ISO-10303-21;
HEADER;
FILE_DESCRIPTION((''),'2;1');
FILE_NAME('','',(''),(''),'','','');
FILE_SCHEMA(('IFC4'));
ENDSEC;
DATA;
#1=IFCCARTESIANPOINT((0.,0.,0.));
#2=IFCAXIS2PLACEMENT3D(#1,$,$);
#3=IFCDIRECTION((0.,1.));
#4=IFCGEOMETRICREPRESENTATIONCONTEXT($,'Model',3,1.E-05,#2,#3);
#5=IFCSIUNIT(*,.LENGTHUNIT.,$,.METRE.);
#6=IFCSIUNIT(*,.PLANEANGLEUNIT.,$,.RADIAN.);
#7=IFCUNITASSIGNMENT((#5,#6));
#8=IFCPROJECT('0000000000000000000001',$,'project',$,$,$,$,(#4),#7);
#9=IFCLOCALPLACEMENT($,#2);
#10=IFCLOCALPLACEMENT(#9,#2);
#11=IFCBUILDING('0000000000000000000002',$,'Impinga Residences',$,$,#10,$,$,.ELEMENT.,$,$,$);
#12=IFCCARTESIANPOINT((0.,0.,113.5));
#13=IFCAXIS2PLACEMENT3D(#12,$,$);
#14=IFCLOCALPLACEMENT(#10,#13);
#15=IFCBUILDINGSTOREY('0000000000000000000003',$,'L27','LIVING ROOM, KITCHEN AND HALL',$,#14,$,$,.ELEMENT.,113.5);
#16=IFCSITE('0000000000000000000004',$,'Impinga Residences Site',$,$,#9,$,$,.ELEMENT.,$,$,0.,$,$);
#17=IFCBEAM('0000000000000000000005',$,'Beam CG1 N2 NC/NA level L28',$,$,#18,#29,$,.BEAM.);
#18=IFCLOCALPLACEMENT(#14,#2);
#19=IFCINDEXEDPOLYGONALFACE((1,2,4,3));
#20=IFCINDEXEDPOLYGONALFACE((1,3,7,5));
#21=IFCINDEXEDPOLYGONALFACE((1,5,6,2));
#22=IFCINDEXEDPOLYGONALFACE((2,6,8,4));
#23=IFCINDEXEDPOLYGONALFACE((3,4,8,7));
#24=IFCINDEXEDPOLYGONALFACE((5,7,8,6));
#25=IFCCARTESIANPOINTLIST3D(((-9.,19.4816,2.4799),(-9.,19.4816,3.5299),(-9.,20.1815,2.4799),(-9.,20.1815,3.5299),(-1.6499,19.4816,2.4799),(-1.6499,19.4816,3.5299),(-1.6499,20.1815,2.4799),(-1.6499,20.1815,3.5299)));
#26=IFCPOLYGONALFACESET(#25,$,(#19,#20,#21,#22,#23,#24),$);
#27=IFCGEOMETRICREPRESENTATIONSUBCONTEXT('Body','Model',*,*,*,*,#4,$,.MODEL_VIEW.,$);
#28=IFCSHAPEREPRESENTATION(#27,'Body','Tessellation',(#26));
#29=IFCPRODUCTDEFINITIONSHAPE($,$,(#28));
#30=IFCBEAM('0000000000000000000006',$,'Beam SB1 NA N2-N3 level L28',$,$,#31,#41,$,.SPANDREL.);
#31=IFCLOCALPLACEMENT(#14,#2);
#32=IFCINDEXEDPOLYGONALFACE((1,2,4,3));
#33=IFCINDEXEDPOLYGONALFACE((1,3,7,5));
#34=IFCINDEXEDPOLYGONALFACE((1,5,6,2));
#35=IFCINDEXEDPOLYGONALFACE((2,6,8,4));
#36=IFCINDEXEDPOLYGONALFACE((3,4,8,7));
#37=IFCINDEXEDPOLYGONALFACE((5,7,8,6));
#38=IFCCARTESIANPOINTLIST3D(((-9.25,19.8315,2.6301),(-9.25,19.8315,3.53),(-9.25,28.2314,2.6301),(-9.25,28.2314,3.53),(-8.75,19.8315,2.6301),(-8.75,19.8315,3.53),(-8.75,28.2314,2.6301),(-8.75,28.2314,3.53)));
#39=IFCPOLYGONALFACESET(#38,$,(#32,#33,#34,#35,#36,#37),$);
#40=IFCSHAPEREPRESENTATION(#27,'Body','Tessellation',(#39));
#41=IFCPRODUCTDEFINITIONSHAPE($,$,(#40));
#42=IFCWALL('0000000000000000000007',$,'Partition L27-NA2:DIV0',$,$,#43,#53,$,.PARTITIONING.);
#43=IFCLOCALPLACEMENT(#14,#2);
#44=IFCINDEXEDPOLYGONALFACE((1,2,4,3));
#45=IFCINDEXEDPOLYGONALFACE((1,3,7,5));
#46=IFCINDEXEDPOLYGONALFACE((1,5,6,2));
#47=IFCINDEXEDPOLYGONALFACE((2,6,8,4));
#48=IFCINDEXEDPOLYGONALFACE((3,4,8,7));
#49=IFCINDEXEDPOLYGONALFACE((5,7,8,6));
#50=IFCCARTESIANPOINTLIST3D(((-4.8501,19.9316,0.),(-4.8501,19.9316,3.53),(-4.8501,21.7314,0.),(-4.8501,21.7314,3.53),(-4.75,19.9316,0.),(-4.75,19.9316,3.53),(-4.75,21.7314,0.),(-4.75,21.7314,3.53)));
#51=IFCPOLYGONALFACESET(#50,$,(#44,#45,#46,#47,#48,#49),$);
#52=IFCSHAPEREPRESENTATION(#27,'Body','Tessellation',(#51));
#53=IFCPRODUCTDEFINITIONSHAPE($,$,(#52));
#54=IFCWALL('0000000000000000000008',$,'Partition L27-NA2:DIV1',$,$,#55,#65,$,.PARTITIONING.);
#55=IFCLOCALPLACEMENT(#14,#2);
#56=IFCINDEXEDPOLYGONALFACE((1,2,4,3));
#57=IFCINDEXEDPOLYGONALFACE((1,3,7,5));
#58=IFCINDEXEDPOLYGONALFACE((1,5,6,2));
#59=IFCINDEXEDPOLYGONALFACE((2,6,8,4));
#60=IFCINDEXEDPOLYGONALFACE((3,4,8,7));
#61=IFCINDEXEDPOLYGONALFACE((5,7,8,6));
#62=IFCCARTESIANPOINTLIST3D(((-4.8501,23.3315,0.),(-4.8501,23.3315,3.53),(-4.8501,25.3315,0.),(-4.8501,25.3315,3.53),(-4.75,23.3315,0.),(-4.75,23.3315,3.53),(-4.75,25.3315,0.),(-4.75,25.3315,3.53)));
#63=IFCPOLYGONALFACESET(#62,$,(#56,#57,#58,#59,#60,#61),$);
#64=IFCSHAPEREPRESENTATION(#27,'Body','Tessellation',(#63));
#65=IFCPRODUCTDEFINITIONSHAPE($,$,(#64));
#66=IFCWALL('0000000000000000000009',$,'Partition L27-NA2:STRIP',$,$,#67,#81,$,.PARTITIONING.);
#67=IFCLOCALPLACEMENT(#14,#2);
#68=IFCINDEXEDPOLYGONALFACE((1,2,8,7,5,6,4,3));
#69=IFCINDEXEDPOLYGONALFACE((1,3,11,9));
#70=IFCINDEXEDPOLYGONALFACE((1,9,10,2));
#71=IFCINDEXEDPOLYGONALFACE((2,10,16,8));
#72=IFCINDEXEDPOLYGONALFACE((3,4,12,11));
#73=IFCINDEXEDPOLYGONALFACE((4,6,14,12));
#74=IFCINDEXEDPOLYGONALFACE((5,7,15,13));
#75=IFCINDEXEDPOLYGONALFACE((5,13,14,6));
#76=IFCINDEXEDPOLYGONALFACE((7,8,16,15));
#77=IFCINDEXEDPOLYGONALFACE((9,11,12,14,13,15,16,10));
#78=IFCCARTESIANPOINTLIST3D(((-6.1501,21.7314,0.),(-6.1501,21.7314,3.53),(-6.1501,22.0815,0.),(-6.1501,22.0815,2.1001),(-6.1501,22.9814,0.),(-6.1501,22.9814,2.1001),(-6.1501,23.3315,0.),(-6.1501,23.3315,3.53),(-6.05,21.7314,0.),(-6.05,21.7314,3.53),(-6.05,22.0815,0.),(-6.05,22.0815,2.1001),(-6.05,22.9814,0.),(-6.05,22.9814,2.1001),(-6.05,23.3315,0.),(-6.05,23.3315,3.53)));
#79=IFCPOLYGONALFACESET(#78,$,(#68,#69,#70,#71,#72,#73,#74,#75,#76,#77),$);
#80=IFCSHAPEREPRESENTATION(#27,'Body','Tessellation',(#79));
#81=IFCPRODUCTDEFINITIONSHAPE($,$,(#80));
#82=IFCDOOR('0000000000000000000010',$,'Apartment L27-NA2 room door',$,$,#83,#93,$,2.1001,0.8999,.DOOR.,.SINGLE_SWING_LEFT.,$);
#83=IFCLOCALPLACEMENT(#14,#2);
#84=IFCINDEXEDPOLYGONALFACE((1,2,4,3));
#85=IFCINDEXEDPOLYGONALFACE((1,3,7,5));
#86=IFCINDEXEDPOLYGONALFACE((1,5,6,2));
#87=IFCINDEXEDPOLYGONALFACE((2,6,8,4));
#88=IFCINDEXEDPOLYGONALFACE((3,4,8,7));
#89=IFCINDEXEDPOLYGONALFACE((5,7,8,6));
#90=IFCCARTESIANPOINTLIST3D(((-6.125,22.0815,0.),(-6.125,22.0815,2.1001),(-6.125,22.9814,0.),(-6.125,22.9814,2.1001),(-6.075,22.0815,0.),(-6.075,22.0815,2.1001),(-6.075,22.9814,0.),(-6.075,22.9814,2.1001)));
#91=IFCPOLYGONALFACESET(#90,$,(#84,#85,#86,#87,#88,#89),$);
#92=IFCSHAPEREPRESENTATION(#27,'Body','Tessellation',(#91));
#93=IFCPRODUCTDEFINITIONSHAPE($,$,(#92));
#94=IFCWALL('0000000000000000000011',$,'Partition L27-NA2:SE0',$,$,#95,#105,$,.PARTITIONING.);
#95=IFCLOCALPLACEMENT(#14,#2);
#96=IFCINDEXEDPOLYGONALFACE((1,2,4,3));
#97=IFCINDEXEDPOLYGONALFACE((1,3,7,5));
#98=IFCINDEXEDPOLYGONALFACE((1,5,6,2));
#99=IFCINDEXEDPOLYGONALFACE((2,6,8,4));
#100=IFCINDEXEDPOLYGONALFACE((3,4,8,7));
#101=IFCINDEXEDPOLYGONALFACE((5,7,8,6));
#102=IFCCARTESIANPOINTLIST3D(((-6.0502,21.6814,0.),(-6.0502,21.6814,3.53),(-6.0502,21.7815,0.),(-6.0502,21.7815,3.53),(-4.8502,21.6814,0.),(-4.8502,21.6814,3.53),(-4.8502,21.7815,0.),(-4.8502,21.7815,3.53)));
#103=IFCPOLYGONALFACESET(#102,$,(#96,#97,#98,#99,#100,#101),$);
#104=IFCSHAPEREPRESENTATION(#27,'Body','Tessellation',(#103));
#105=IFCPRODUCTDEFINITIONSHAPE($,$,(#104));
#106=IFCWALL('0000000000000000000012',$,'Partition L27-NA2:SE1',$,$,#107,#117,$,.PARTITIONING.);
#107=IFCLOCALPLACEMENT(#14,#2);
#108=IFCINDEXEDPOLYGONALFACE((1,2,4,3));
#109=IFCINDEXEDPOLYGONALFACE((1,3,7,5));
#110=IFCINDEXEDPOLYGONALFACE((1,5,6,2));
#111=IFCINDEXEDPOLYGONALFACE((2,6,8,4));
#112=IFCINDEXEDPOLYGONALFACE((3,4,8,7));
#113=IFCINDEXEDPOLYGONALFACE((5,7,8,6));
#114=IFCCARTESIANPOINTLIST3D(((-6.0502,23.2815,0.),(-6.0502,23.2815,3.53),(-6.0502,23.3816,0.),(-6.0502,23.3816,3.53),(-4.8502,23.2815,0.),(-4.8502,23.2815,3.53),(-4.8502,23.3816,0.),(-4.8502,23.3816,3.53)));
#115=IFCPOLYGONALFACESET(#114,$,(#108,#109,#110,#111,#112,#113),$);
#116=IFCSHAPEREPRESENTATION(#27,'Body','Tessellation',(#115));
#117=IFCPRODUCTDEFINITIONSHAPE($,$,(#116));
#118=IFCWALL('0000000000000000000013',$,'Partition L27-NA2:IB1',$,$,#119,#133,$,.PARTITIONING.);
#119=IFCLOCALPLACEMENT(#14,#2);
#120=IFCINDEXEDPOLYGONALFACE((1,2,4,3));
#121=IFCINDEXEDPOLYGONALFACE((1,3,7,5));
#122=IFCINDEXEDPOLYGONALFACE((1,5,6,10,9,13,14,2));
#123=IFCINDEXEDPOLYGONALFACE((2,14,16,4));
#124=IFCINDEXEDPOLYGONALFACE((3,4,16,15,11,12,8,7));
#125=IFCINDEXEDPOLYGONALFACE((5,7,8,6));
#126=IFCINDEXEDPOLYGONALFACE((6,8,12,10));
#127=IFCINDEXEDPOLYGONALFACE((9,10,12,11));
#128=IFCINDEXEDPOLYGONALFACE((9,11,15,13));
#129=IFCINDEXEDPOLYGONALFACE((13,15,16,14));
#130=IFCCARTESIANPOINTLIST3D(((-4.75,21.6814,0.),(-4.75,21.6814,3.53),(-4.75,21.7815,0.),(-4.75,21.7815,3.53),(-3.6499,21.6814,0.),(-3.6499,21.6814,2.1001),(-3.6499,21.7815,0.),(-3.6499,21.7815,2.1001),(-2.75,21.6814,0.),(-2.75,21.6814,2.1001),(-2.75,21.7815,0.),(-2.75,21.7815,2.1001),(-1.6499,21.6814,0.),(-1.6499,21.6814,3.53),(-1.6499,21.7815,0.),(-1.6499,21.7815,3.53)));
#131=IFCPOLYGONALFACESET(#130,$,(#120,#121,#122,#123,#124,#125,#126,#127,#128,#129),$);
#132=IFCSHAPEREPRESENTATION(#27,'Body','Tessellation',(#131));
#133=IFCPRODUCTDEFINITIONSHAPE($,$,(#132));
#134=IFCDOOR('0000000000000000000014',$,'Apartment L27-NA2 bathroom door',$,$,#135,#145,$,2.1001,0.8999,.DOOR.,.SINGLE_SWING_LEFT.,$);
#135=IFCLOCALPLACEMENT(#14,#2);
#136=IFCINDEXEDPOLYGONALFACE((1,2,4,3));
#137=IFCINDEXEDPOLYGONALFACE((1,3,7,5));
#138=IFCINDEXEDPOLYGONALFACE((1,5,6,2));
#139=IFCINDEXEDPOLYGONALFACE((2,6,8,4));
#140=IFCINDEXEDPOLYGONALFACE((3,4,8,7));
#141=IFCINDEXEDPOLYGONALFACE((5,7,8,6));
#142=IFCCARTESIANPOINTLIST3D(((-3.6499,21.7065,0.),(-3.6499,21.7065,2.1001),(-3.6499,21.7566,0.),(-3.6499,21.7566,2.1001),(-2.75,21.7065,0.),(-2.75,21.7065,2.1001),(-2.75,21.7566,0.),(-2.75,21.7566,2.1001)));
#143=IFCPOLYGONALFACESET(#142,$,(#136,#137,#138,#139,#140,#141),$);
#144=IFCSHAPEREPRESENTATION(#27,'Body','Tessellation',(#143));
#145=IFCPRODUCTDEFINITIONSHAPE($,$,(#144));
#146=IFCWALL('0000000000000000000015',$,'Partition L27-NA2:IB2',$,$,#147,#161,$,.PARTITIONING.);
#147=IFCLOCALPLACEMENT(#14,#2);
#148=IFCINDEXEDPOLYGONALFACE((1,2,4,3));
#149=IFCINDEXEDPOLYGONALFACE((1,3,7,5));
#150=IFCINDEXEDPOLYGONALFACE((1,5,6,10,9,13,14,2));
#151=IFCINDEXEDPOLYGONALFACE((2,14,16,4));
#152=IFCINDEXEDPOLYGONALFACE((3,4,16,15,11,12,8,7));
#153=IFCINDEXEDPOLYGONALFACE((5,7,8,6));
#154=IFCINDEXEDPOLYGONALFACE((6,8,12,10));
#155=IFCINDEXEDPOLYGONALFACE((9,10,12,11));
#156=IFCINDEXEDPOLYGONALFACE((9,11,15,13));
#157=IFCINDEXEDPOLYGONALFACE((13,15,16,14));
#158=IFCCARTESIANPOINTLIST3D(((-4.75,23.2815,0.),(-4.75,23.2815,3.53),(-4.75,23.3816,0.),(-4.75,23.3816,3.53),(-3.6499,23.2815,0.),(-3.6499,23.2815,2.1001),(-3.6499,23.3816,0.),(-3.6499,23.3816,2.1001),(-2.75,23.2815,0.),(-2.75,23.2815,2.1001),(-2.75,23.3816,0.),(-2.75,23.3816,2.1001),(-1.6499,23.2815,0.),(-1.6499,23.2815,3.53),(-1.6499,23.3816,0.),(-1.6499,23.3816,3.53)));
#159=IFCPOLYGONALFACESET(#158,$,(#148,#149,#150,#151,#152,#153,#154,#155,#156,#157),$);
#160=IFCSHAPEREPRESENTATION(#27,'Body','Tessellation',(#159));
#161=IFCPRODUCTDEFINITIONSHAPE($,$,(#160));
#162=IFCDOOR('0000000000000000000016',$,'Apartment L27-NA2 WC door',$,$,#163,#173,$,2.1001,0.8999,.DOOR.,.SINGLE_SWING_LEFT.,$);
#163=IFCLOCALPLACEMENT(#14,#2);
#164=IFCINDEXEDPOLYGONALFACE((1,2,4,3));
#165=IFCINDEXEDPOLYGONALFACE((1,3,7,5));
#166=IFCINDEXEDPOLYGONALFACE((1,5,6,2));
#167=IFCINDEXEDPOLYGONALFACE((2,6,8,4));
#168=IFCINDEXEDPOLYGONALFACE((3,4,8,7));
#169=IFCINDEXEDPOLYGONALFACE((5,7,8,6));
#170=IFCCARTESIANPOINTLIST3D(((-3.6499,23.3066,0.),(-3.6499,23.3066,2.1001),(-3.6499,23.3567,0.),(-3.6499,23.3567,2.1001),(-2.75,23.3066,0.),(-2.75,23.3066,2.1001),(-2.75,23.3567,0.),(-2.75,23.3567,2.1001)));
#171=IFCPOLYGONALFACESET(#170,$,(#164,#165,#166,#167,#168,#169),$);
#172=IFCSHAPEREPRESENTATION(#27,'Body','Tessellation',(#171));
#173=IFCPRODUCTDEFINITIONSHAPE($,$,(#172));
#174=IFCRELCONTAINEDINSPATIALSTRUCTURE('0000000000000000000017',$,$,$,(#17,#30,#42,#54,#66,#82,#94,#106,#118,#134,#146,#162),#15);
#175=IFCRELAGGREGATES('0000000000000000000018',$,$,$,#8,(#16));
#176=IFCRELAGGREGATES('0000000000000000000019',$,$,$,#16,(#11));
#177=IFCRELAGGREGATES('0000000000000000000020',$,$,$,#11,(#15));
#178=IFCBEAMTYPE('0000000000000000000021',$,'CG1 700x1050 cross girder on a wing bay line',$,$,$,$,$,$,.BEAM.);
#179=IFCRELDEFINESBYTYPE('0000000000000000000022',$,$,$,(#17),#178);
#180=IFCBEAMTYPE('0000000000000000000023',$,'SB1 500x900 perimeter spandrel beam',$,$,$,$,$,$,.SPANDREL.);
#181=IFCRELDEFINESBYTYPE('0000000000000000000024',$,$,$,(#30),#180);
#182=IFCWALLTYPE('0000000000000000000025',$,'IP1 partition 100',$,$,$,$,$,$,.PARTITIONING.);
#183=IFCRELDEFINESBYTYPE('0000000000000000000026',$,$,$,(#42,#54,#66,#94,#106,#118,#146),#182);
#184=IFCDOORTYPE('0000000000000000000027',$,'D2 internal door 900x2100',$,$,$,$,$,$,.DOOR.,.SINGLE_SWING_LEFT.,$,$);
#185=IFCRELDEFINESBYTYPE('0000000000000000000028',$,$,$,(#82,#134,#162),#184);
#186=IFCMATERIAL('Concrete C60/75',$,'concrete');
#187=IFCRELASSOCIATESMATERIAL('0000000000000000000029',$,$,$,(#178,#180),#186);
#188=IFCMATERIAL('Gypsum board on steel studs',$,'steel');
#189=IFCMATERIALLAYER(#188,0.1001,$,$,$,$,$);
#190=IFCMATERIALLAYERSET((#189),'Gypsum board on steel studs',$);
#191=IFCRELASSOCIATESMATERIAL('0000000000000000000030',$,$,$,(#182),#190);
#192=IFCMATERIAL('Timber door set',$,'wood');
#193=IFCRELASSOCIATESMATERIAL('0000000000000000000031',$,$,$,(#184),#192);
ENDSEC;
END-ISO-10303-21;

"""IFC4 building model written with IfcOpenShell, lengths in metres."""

from ifc_helpers import new_model, si_unit, direction, frame, frame_2d, origin, origin_2d, place, context, subcontext, project, spatial, rectangle, extrude, material, layer, layer_set, material_profile, profile_set, type_object, element, fill, save


model = new_model("IFC4")

# Units and contexts
model_context = context("Model", 3, precision=1e-05, world=origin(), true_north=direction((0.0, 1.0)))
body_context = subcontext(model_context, "Body", "Model", "MODEL_VIEW")
ifc_project = project(units=[si_unit("LENGTHUNIT", "METRE"), si_unit("PLANEANGLEUNIT", "RADIAN")], contexts=[model_context])

# Site, building, storey
site_placement = place(None, origin())
site = spatial("IfcSite", under=ifc_project, at=site_placement, Name="Impinga Residences Site", CompositionType="ELEMENT", RefElevation=0.0)
building_placement = place(site_placement, origin())
building = spatial("IfcBuilding", under=site, at=building_placement, Name="Impinga Residences", CompositionType="ELEMENT")
storey_placement = place(building_placement, frame((0.0, 0.0, 113.5)))
storey = spatial("IfcBuildingStorey", under=building, at=storey_placement, Name="L27", Description="LIVING ROOM, KITCHEN AND HALL", CompositionType="ELEMENT", Elevation=113.5)

# Beams
ifc_material_1 = material(Name="Concrete C60/75", Category="concrete")
ifc_material_profile_1 = material_profile(ifc_material_1, rectangle(XDim=0.7, YDim=1.05, at=origin_2d()), Name="RC 700x1050")
ifc_profile_set_1 = profile_set([ifc_material_profile_1], Name="Concrete C60/75")
beam_type_1 = type_object("IfcBeamType", Name="CG1 700x1050 cross girder on a wing bay line", PredefinedType="BEAM", material=ifc_profile_set_1)
beam_1_placement = place(storey_placement, frame((-1.6499, 19.8315, 3.0049), z_axis=(-1.0, 0.0, 0.0), x_axis=(0.0, -1.0, 0.0)))
element("IfcBeam", 1, at=beam_1_placement, inside=storey, type_object=beam_type_1, Name="Beam CG1 N2 NC/NA level L28", PredefinedType="BEAM", context=body_context, shape_type="SweptSolid", body=[
    extrude(rectangle(XDim=0.7, YDim=1.05, at=origin_2d()), origin(), (0.0, 0.0, 1.0), 7.3501),
])
ifc_material_profile_2 = material_profile(ifc_material_1, rectangle(XDim=0.5, YDim=0.8999, at=origin_2d()), Name="RC 500x900")
ifc_profile_set_2 = profile_set([ifc_material_profile_2], Name="Concrete C60/75")
beam_type_2 = type_object("IfcBeamType", Name="SB1 500x900 perimeter spandrel beam", PredefinedType="SPANDREL", material=ifc_profile_set_2)
beam_2_placement = place(storey_placement, frame((-9.0, 19.8315, 3.0801), z_axis=(0.0, 1.0, 0.0), x_axis=(-1.0, 0.0, 0.0)))
element("IfcBeam", 2, at=beam_2_placement, inside=storey, type_object=beam_type_2, Name="Beam SB1 NA N2-N3 level L28", PredefinedType="SPANDREL", context=body_context, shape_type="SweptSolid", body=[
    extrude(rectangle(XDim=0.5, YDim=0.8999, at=origin_2d()), origin(), (0.0, 0.0, 1.0), 8.3999),
])

# Walls
ifc_material_2 = material(Name="Gypsum board on steel studs", Category="steel")
ifc_layer_1 = layer(ifc_material_2, 0.1001)
ifc_layer_set_1 = layer_set([ifc_layer_1], Name="Gypsum board on steel studs")
wall_type_1 = type_object("IfcWallType", Name="IP1 partition 100", PredefinedType="PARTITIONING", material=ifc_layer_set_1)
wall_1_placement = place(storey_placement, frame((-4.8, 19.9316, 0.0), z_axis=(0.0, 0.0, 1.0), x_axis=(0.0, 1.0, 0.0)))
element("IfcWall", 3, at=wall_1_placement, inside=storey, type_object=wall_type_1, Name="Partition L27-NA2:DIV0", PredefinedType="PARTITIONING", context=body_context, shape_type="SweptSolid", body=[
    extrude(rectangle(XDim=1.7998, YDim=0.1001, at=frame_2d((0.8999, 0.0))), origin(), (0.0, 0.0, 1.0), 3.53),
])
wall_2_placement = place(storey_placement, frame((-4.8, 23.3315, 0.0), z_axis=(0.0, 0.0, 1.0), x_axis=(0.0, 1.0, 0.0)))
element("IfcWall", 4, at=wall_2_placement, inside=storey, type_object=wall_type_1, Name="Partition L27-NA2:DIV1", PredefinedType="PARTITIONING", context=body_context, shape_type="SweptSolid", body=[
    extrude(rectangle(XDim=2.0, YDim=0.1001, at=frame_2d((1.0, 0.0))), origin(), (0.0, 0.0, 1.0), 3.53),
])

# Wall, opening, door
wall_3_placement = place(storey_placement, frame((-6.1001, 21.7314, 0.0), z_axis=(0.0, 0.0, 1.0), x_axis=(0.0, 1.0, 0.0)))
wall_3 = element("IfcWall", 5, at=wall_3_placement, inside=storey, type_object=wall_type_1, Name="Partition L27-NA2:STRIP", PredefinedType="PARTITIONING", context=body_context, shape_type="SweptSolid", body=[
    extrude(rectangle(XDim=1.6001, YDim=0.1001, at=frame_2d((0.8, 0.0))), origin(), (0.0, 0.0, 1.0), 3.53),
])
opening_1_placement = place(wall_3_placement, frame((0.3501, 0.0, 0.0)))
opening_1 = element("IfcOpeningElement", 6, at=opening_1_placement, cuts=wall_3, PredefinedType="OPENING", context=body_context, shape_type="SweptSolid", body=[
    extrude(rectangle(XDim=0.8999, YDim=2.1001, at=frame_2d((0.45, 1.05))), frame((0.0, 0.0601, 0.0), z_axis=(0.0, -1.0, 0.0), x_axis=(1.0, 0.0, 0.0)), (0.0, 0.0, 1.0), 0.1201),
])
ifc_material_3 = material(Name="Timber door set", Category="wood")
door_type = type_object("IfcDoorType", Name="D2 internal door 900x2100", OperationType="SINGLE_SWING_LEFT", PredefinedType="DOOR", material=ifc_material_3)
door_1_placement = place(opening_1_placement, origin())
door_1 = element("IfcDoor", 7, at=door_1_placement, inside=storey, type_object=door_type, Name="Apartment L27-NA2 room door", OperationType="SINGLE_SWING_LEFT", OverallHeight=2.1001, OverallWidth=0.8999, PredefinedType="DOOR", context=body_context, shape_type="SweptSolid", body=[
    extrude(rectangle(XDim=0.8999, YDim=2.1001, at=frame_2d((0.45, 1.05))), frame((0.0, 0.0249, 0.0), z_axis=(0.0, -1.0, 0.0), x_axis=(1.0, 0.0, 0.0)), (0.0, 0.0, 1.0), 0.05),
])
fill(opening_1, door_1)

# Walls
for number, where, z_axis, x_axis, name in (
    (8, (-4.8501, 21.7314, 0.0), (0.0, 0.0, 1.0), (-1.0, 0.0, 0.0), "Partition L27-NA2:SE0"),
    (9, (-4.8501, 23.3315, 0.0), (0.0, 0.0, 1.0), (-1.0, 0.0, 0.0), "Partition L27-NA2:SE1"),
):
    element("IfcWall", number, at=place(storey_placement, frame(where, z_axis=z_axis, x_axis=x_axis)), inside=storey, type_object=wall_type_1, Name=name, PredefinedType="PARTITIONING", context=body_context, shape_type="SweptSolid", body=[
        extrude(rectangle(XDim=1.2, YDim=0.1001, at=frame_2d((0.6001, 0.0))), origin(), (0.0, 0.0, 1.0), 3.53),
    ])

# Walls, openings, doors
wall_4_placement = place(storey_placement, frame((-1.6499, 21.7314, 0.0), z_axis=(0.0, 0.0, 1.0), x_axis=(-1.0, 0.0, 0.0)))
wall_4 = element("IfcWall", 10, at=wall_4_placement, inside=storey, type_object=wall_type_1, Name="Partition L27-NA2:IB1", PredefinedType="PARTITIONING", context=body_context, shape_type="SweptSolid", body=[
    extrude(rectangle(XDim=3.1001, YDim=0.1001, at=frame_2d((1.55, 0.0))), origin(), (0.0, 0.0, 1.0), 3.53),
])
opening_2_placement = place(wall_4_placement, frame((1.1001, 0.0, 0.0)))
opening_2 = element("IfcOpeningElement", 11, at=opening_2_placement, cuts=wall_4, PredefinedType="OPENING", context=body_context, shape_type="SweptSolid", body=[
    extrude(rectangle(XDim=0.8999, YDim=2.1001, at=frame_2d((0.45, 1.05))), frame((0.0, 0.0601, 0.0), z_axis=(0.0, -1.0, 0.0), x_axis=(1.0, 0.0, 0.0)), (0.0, 0.0, 1.0), 0.1201),
])
door_2_placement = place(opening_2_placement, origin())
door_2 = element("IfcDoor", 12, at=door_2_placement, inside=storey, type_object=door_type, Name="Apartment L27-NA2 bathroom door", OperationType="SINGLE_SWING_LEFT", OverallHeight=2.1001, OverallWidth=0.8999, PredefinedType="DOOR", context=body_context, shape_type="SweptSolid", body=[
    extrude(rectangle(XDim=0.8999, YDim=2.1001, at=frame_2d((0.45, 1.05))), frame((0.0, 0.0249, 0.0), z_axis=(0.0, -1.0, 0.0), x_axis=(1.0, 0.0, 0.0)), (0.0, 0.0, 1.0), 0.05),
])
fill(opening_2, door_2)
wall_5_placement = place(storey_placement, frame((-1.6499, 23.3315, 0.0), z_axis=(0.0, 0.0, 1.0), x_axis=(-1.0, 0.0, 0.0)))
wall_5 = element("IfcWall", 13, at=wall_5_placement, inside=storey, type_object=wall_type_1, Name="Partition L27-NA2:IB2", PredefinedType="PARTITIONING", context=body_context, shape_type="SweptSolid", body=[
    extrude(rectangle(XDim=3.1001, YDim=0.1001, at=frame_2d((1.55, 0.0))), origin(), (0.0, 0.0, 1.0), 3.53),
])
opening_3_placement = place(wall_5_placement, frame((1.1001, 0.0, 0.0)))
opening_3 = element("IfcOpeningElement", 14, at=opening_3_placement, cuts=wall_5, PredefinedType="OPENING", context=body_context, shape_type="SweptSolid", body=[
    extrude(rectangle(XDim=0.8999, YDim=2.1001, at=frame_2d((0.45, 1.05))), frame((0.0, 0.0601, 0.0), z_axis=(0.0, -1.0, 0.0), x_axis=(1.0, 0.0, 0.0)), (0.0, 0.0, 1.0), 0.1201),
])
door_3_placement = place(opening_3_placement, origin())
door_3 = element("IfcDoor", 15, at=door_3_placement, inside=storey, type_object=door_type, Name="Apartment L27-NA2 WC door", OperationType="SINGLE_SWING_LEFT", OverallHeight=2.1001, OverallWidth=0.8999, PredefinedType="DOOR", context=body_context, shape_type="SweptSolid", body=[
    extrude(rectangle(XDim=0.8999, YDim=2.1001, at=frame_2d((0.45, 1.05))), frame((0.0, 0.0249, 0.0), z_axis=(0.0, -1.0, 0.0), x_axis=(1.0, 0.0, 0.0)), (0.0, 0.0, 1.0), 0.05),
])
fill(opening_3, door_3)

save(model, "model.ifc")
